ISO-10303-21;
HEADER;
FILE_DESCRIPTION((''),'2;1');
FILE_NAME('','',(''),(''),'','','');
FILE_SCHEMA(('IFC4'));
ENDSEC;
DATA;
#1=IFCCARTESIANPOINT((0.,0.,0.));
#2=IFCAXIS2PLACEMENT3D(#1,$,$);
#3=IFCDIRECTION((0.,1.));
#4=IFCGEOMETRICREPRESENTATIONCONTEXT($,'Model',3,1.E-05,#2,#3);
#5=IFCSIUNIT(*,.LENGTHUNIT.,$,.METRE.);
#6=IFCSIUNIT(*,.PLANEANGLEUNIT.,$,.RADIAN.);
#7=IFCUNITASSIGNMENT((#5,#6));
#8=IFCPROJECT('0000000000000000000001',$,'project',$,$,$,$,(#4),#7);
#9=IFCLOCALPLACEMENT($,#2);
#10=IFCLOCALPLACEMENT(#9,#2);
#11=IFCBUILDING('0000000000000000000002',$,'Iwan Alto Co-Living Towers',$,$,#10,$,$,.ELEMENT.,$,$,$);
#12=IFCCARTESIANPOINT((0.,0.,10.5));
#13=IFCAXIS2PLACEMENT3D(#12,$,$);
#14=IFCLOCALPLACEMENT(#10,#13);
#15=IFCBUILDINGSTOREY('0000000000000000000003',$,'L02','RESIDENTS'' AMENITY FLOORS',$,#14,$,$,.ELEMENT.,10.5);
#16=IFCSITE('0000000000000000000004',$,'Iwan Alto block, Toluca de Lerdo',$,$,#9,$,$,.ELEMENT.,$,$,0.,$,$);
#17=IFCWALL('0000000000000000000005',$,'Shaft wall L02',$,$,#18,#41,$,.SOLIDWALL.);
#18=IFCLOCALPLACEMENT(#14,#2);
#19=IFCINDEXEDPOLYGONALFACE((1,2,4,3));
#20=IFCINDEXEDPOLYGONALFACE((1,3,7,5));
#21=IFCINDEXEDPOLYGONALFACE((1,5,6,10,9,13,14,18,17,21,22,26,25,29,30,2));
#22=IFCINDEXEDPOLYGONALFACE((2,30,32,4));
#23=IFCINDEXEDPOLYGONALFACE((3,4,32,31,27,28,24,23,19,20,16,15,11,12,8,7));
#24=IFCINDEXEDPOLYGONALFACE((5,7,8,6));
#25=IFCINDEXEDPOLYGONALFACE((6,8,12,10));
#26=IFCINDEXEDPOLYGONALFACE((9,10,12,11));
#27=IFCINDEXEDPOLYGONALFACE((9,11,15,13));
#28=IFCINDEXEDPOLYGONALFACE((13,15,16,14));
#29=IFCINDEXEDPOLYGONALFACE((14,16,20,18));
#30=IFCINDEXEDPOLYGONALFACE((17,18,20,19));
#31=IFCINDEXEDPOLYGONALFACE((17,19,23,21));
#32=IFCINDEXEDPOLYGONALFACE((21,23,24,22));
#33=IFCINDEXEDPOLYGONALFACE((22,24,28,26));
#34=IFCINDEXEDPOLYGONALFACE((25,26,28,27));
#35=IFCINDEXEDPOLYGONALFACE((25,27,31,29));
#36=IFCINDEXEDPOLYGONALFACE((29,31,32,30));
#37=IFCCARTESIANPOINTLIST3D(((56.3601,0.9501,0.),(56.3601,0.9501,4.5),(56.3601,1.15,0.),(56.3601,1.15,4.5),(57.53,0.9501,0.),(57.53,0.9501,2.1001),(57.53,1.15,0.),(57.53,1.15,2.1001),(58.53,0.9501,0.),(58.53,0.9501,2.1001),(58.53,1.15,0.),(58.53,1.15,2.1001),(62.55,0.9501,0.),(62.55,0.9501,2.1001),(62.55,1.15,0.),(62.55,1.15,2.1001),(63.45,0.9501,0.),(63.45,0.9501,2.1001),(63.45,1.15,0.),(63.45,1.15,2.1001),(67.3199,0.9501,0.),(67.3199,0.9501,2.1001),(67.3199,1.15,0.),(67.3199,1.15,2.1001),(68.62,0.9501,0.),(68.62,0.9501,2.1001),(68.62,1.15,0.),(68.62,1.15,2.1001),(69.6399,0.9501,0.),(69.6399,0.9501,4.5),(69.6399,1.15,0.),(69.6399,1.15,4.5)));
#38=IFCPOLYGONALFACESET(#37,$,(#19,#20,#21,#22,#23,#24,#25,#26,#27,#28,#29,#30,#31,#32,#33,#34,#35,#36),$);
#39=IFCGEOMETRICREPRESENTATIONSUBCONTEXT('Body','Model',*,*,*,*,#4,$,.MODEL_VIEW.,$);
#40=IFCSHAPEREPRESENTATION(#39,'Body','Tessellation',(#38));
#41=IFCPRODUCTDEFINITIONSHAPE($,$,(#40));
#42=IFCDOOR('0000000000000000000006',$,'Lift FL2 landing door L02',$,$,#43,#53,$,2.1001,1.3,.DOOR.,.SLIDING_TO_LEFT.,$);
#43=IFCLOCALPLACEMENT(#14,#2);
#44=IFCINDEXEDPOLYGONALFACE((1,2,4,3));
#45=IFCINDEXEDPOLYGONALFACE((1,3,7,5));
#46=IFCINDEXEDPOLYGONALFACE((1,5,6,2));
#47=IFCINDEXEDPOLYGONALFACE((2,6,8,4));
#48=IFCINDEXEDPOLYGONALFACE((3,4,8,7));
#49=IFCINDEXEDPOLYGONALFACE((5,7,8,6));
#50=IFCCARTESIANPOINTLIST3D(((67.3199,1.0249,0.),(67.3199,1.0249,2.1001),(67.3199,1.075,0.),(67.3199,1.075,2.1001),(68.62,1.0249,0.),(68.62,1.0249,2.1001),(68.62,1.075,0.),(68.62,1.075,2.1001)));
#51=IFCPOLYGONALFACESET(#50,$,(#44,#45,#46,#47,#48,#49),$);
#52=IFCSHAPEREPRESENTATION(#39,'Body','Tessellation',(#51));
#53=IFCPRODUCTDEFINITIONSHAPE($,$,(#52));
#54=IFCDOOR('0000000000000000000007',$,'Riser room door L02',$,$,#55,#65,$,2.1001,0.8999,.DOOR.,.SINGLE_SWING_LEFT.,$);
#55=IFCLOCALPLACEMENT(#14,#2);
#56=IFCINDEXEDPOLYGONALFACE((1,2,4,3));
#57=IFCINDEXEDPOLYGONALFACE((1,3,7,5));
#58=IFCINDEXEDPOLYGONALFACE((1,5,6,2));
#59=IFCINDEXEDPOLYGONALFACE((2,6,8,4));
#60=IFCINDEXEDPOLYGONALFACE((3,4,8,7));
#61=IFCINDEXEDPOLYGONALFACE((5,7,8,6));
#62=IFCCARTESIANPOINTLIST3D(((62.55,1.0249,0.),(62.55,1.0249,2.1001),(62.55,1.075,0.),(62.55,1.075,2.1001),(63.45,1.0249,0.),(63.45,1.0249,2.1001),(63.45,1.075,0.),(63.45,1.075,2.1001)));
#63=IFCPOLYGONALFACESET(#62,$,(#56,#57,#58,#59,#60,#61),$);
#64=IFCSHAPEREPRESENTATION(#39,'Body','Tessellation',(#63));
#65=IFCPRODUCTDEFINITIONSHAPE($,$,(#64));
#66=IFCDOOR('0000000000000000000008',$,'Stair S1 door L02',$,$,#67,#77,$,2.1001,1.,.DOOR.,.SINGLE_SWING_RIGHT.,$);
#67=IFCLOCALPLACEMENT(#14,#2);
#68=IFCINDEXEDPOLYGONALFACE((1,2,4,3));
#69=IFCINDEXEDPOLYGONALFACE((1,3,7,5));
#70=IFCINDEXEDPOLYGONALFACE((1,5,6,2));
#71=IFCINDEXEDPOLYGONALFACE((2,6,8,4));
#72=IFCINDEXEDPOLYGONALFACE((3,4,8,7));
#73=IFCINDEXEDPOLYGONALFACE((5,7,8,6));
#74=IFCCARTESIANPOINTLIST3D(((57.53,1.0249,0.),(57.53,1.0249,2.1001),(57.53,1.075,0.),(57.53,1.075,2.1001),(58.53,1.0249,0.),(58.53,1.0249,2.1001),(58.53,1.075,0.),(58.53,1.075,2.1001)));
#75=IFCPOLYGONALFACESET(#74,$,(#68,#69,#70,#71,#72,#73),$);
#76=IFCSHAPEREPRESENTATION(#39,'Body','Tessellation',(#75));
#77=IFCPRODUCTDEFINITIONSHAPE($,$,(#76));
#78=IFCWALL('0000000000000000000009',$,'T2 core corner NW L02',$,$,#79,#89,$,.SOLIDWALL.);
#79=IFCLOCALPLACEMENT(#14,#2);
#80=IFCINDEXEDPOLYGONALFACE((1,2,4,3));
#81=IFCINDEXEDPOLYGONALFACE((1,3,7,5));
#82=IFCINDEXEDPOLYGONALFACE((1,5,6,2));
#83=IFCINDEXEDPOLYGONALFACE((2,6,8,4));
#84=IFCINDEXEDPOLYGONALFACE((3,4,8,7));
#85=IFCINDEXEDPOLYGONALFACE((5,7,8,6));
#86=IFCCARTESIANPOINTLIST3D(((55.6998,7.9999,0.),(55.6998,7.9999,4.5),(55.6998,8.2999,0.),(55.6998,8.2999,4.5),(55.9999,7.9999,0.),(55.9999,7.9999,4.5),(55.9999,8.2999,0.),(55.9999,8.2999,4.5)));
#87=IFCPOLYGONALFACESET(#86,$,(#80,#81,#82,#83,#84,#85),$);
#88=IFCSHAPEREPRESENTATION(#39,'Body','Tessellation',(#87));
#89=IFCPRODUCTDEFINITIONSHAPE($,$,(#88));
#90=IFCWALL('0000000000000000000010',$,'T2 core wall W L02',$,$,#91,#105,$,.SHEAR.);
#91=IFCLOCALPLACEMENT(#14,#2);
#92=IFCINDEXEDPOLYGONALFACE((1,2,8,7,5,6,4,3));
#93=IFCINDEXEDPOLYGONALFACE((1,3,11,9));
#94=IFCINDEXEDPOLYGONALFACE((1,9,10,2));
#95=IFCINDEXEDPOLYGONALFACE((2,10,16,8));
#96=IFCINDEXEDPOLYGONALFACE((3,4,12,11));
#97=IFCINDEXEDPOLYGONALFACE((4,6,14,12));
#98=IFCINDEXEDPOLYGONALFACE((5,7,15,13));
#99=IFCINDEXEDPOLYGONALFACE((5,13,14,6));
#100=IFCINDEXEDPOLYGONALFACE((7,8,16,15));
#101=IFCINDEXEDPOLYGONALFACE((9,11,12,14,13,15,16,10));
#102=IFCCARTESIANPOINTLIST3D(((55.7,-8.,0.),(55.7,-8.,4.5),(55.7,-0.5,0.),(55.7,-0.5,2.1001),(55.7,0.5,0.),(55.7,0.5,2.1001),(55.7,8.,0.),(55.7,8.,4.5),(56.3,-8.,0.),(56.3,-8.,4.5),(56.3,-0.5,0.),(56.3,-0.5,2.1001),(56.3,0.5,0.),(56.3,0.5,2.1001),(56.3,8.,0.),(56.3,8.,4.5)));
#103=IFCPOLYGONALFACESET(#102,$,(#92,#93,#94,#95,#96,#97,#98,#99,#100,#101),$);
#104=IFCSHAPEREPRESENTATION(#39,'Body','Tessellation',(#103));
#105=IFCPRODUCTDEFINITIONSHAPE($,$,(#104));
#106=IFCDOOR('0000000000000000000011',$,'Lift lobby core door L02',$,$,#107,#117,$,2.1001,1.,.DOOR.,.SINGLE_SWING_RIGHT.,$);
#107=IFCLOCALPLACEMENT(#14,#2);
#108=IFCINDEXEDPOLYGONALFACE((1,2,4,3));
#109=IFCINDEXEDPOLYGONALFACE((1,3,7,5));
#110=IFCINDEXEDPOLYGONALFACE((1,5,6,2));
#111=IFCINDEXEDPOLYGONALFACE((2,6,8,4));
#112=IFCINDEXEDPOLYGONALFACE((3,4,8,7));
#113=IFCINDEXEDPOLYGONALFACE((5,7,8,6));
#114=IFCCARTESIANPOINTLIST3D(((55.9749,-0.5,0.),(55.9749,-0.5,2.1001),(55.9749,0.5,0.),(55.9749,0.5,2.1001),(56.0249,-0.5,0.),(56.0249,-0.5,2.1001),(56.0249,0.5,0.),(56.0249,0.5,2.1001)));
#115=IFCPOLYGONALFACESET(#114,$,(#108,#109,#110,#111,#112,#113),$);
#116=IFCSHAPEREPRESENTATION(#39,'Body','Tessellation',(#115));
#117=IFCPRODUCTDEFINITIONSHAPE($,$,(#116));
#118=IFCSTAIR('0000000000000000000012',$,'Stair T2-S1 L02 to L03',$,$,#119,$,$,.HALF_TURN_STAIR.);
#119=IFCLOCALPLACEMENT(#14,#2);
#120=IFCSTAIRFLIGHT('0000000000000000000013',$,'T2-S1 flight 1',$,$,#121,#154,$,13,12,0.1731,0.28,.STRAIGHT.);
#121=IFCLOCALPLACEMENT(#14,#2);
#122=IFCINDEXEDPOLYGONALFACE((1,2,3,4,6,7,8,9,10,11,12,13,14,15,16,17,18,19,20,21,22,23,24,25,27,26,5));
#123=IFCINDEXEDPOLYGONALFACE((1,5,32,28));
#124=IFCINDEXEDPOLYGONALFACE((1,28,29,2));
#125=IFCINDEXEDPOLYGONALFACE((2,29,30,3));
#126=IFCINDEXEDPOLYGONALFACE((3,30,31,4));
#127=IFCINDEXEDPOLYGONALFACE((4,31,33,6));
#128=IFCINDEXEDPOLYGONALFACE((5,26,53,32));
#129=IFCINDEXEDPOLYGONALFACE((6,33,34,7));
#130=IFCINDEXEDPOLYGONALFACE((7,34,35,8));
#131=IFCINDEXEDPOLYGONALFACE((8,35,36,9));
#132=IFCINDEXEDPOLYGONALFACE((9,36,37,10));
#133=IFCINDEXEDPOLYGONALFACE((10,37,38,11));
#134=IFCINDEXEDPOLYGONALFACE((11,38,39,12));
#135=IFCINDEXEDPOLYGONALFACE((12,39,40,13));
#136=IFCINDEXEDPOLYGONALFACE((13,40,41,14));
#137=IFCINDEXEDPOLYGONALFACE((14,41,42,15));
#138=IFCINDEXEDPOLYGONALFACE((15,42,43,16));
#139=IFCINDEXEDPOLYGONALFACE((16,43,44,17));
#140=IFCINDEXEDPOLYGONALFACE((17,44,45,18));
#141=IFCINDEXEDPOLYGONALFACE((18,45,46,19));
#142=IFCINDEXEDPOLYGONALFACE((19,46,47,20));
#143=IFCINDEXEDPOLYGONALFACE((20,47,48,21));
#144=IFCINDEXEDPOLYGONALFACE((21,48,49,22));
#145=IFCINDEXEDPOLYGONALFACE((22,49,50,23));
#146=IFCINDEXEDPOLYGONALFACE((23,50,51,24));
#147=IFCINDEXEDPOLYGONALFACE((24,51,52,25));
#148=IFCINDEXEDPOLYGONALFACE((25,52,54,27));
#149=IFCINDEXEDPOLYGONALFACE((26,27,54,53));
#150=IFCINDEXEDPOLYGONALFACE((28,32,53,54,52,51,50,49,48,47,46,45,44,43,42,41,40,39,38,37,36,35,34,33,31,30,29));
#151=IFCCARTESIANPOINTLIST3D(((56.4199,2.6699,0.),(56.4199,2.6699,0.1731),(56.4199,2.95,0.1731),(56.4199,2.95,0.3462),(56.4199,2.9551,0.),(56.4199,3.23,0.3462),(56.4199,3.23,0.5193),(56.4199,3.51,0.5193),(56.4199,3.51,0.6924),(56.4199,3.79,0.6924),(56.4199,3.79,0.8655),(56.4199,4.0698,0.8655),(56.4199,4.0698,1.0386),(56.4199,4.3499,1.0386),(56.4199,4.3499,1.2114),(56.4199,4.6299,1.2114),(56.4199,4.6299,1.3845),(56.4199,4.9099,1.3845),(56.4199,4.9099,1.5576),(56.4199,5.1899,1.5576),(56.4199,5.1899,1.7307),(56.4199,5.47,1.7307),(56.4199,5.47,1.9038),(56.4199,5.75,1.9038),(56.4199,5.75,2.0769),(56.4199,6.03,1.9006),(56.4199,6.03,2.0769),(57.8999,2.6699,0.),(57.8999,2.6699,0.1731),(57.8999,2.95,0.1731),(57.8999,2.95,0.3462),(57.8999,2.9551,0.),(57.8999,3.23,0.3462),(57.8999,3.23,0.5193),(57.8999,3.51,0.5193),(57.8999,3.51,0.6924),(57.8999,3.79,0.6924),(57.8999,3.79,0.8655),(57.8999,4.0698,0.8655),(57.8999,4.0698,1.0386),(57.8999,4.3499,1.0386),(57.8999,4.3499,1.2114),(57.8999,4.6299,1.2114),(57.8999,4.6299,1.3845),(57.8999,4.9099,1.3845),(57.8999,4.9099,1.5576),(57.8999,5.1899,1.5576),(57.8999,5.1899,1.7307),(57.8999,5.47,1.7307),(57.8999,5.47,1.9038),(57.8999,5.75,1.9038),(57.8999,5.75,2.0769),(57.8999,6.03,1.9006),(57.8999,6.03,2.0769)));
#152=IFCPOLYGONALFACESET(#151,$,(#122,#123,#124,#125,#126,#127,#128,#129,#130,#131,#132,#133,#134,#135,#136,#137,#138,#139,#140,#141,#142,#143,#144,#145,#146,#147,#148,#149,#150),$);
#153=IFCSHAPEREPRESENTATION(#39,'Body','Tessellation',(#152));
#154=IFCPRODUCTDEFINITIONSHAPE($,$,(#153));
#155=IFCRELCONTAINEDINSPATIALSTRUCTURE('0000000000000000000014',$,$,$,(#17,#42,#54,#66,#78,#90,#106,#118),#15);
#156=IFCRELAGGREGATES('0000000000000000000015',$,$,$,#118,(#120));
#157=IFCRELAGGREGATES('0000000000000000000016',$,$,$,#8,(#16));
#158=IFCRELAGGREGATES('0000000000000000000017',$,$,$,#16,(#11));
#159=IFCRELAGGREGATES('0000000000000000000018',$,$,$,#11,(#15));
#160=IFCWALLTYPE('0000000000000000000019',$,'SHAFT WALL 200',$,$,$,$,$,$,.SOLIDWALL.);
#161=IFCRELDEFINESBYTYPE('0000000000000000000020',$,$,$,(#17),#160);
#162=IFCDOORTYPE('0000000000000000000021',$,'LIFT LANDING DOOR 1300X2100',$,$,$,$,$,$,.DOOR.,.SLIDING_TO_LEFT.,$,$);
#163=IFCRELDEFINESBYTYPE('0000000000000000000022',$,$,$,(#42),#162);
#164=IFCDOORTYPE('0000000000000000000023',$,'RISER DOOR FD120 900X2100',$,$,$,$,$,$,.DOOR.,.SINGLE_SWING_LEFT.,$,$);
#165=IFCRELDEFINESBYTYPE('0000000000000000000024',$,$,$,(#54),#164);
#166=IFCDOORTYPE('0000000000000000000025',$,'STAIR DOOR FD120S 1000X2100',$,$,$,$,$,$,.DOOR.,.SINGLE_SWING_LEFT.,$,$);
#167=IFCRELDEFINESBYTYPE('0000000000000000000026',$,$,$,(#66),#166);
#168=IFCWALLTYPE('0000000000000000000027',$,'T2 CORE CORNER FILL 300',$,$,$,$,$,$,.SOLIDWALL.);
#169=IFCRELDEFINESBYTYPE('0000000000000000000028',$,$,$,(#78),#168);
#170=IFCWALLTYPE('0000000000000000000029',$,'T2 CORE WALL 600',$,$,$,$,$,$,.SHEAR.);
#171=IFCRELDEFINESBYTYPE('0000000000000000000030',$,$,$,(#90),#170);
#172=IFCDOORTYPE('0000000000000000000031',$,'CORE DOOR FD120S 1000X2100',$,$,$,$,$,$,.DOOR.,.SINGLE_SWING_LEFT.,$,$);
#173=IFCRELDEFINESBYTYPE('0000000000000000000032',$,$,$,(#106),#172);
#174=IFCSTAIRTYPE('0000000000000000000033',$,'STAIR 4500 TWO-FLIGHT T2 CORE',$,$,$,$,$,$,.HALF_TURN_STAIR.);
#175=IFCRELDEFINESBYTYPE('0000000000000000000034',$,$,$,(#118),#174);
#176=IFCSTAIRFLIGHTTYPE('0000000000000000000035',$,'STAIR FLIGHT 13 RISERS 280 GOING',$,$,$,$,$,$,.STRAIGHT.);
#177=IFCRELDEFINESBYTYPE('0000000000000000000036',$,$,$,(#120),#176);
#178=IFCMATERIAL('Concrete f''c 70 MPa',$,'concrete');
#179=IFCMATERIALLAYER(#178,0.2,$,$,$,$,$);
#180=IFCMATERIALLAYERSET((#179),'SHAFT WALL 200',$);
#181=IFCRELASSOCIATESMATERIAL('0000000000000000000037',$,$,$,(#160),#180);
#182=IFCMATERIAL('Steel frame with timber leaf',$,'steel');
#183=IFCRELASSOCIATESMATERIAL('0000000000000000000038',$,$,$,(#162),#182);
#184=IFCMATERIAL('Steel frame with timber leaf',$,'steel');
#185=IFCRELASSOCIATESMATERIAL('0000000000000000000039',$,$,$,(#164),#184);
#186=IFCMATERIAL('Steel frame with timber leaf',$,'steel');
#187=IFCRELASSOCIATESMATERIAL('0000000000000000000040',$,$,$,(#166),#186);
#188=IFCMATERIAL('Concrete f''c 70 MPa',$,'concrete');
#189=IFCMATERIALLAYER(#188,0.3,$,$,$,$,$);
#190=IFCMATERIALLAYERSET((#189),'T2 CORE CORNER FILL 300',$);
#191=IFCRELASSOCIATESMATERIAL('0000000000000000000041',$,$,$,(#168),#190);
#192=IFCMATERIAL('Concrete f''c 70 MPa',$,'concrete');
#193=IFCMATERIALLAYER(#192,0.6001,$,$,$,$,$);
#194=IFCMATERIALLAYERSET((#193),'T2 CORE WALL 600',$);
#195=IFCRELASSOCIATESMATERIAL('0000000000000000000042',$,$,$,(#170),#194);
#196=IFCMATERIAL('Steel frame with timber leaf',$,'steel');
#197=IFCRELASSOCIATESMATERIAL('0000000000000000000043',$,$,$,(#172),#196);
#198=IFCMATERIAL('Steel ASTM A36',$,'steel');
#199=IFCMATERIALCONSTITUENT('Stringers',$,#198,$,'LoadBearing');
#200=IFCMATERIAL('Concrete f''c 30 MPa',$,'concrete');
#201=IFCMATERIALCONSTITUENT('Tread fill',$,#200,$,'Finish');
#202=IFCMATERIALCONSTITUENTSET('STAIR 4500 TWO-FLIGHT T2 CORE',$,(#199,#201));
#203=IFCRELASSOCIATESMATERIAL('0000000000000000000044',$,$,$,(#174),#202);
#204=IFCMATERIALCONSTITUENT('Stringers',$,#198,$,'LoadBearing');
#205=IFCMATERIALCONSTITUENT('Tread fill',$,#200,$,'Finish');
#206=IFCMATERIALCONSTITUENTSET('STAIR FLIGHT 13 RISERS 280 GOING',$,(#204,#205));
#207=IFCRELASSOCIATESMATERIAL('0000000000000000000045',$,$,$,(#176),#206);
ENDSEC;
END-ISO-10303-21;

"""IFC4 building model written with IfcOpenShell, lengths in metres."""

from ifc_helpers import new_model, si_unit, direction, frame, frame_2d, origin, place, context, subcontext, project, spatial, polyline, rectangle, outline, extrude, material, layer, layer_set, constituent, constituent_set, type_object, element, fill, aggregate, save


model = new_model("IFC4")

# Units and contexts
model_context = context("Model", 3, precision=1e-05, world=origin(), true_north=direction((0.0, 1.0)))
body_context = subcontext(model_context, "Body", "Model", "MODEL_VIEW")
ifc_project = project(units=[si_unit("LENGTHUNIT", "METRE"), si_unit("PLANEANGLEUNIT", "RADIAN")], contexts=[model_context])

# Site, building, storey
site_placement = place(None, origin())
site = spatial("IfcSite", under=ifc_project, at=site_placement, Name="Iwan Alto block, Toluca de Lerdo", CompositionType="ELEMENT", RefElevation=0.0)
building_placement = place(site_placement, origin())
building = spatial("IfcBuilding", under=site, at=building_placement, Name="Iwan Alto Co-Living Towers", CompositionType="ELEMENT")
storey_placement = place(building_placement, frame((0.0, 0.0, 10.5)))
storey = spatial("IfcBuildingStorey", under=building, at=storey_placement, Name="L02", Description="RESIDENTS' AMENITY FLOORS", CompositionType="ELEMENT", Elevation=10.5)

# Wall, openings, doors
ifc_material_1 = material(Name="Concrete f'c 70 MPa", Category="concrete")
ifc_layer_1 = layer(ifc_material_1, 0.2)
ifc_layer_set_1 = layer_set([ifc_layer_1], Name="SHAFT WALL 200")
wall_type_1 = type_object("IfcWallType", Name="SHAFT WALL 200", PredefinedType="SOLIDWALL", material=ifc_layer_set_1)
wall_1_placement = place(storey_placement, frame((56.3601, 1.05, 0.0), z_axis=(0.0, 0.0, 1.0), x_axis=(1.0, 0.0, 0.0)))
wall_1 = element("IfcWall", 1, at=wall_1_placement, inside=storey, type_object=wall_type_1, Name="Shaft wall L02", PredefinedType="SOLIDWALL", context=body_context, shape_type="SweptSolid", body=[
    extrude(rectangle(XDim=13.2798, YDim=0.2, at=frame_2d((6.6399, 0.0))), origin(), (0.0, 0.0, 1.0), 4.5),
])
opening_1_placement = place(wall_1_placement, frame((1.1699, 0.0, 0.0)))
opening_1 = element("IfcOpeningElement", 2, at=opening_1_placement, cuts=wall_1, PredefinedType="OPENING", context=body_context, shape_type="SweptSolid", body=[
    extrude(rectangle(XDim=1.0, YDim=2.1001, at=frame_2d((0.5, 1.05))), frame((0.0, 0.1099, 0.0), z_axis=(0.0, -1.0, 0.0), x_axis=(1.0, 0.0, 0.0)), (0.0, 0.0, 1.0), 0.22),
])
opening_2_placement = place(wall_1_placement, frame((6.1899, 0.0, 0.0)))
opening_2 = element("IfcOpeningElement", 3, at=opening_2_placement, cuts=wall_1, PredefinedType="OPENING", context=body_context, shape_type="SweptSolid", body=[
    extrude(rectangle(XDim=0.8999, YDim=2.1001, at=frame_2d((0.45, 1.05))), frame((0.0, 0.1099, 0.0), z_axis=(0.0, -1.0, 0.0), x_axis=(1.0, 0.0, 0.0)), (0.0, 0.0, 1.0), 0.22),
])
opening_3_placement = place(wall_1_placement, frame((10.96, 0.0, 0.0)))
opening_3 = element("IfcOpeningElement", 4, at=opening_3_placement, cuts=wall_1, PredefinedType="OPENING", context=body_context, shape_type="SweptSolid", body=[
    extrude(rectangle(XDim=1.3, YDim=2.1001, at=frame_2d((0.6499, 1.05))), frame((0.0, 0.1099, 0.0), z_axis=(0.0, -1.0, 0.0), x_axis=(1.0, 0.0, 0.0)), (0.0, 0.0, 1.0), 0.22),
])
ifc_material_2 = material(Name="Steel frame with timber leaf", Category="steel")
door_type_1 = type_object("IfcDoorType", Name="LIFT LANDING DOOR 1300X2100", OperationType="SLIDING_TO_LEFT", PredefinedType="DOOR", material=ifc_material_2)
door_1_placement = place(opening_3_placement, origin())
door_1 = element("IfcDoor", 5, at=door_1_placement, inside=storey, type_object=door_type_1, Name="Lift FL2 landing door L02", OperationType="SLIDING_TO_LEFT", OverallHeight=2.1001, OverallWidth=1.3, PredefinedType="DOOR", context=body_context, shape_type="SweptSolid", body=[
    extrude(rectangle(XDim=1.3, YDim=2.1001, at=frame_2d((0.6499, 1.05))), frame((0.0, 0.0249, 0.0), z_axis=(0.0, -1.0, 0.0), x_axis=(1.0, 0.0, 0.0)), (0.0, 0.0, 1.0), 0.05),
])
fill(opening_3, door_1)
ifc_material_3 = material(Name="Steel frame with timber leaf", Category="steel")
door_type_2 = type_object("IfcDoorType", Name="RISER DOOR FD120 900X2100", OperationType="SINGLE_SWING_LEFT", PredefinedType="DOOR", material=ifc_material_3)
door_2_placement = place(opening_2_placement, origin())
door_2 = element("IfcDoor", 6, at=door_2_placement, inside=storey, type_object=door_type_2, Name="Riser room door L02", OperationType="SINGLE_SWING_LEFT", OverallHeight=2.1001, OverallWidth=0.8999, PredefinedType="DOOR", context=body_context, shape_type="SweptSolid", body=[
    extrude(rectangle(XDim=0.8999, YDim=2.1001, at=frame_2d((0.45, 1.05))), frame((0.0, 0.0249, 0.0), z_axis=(0.0, -1.0, 0.0), x_axis=(1.0, 0.0, 0.0)), (0.0, 0.0, 1.0), 0.05),
])
fill(opening_2, door_2)
ifc_material_4 = material(Name="Steel frame with timber leaf", Category="steel")
door_type_3 = type_object("IfcDoorType", Name="STAIR DOOR FD120S 1000X2100", OperationType="SINGLE_SWING_LEFT", PredefinedType="DOOR", material=ifc_material_4)
door_3_placement = place(opening_1_placement, origin())
door_3 = element("IfcDoor", 7, at=door_3_placement, inside=storey, type_object=door_type_3, Name="Stair S1 door L02", OperationType="SINGLE_SWING_RIGHT", OverallHeight=2.1001, OverallWidth=1.0, PredefinedType="DOOR", context=body_context, shape_type="SweptSolid", body=[
    extrude(rectangle(XDim=1.0, YDim=2.1001, at=frame_2d((0.5, 1.05))), frame((0.0, 0.0249, 0.0), z_axis=(0.0, -1.0, 0.0), x_axis=(1.0, 0.0, 0.0)), (0.0, 0.0, 1.0), 0.05),
])
fill(opening_1, door_3)

# Wall
ifc_material_5 = material(Name="Concrete f'c 70 MPa", Category="concrete")
ifc_layer_2 = layer(ifc_material_5, 0.3)
ifc_layer_set_2 = layer_set([ifc_layer_2], Name="T2 CORE CORNER FILL 300")
wall_type_2 = type_object("IfcWallType", Name="T2 CORE CORNER FILL 300", PredefinedType="SOLIDWALL", material=ifc_layer_set_2)
wall_2_placement = place(storey_placement, frame((55.7, 8.1499, 0.0), z_axis=(0.0, 0.0, 1.0), x_axis=(1.0, 0.0, 0.0)))
element("IfcWall", 8, at=wall_2_placement, inside=storey, type_object=wall_type_2, Name="T2 core corner NW L02", PredefinedType="SOLIDWALL", context=body_context, shape_type="SweptSolid", body=[
    extrude(rectangle(XDim=0.3, YDim=0.3, at=frame_2d((0.1499, 0.0))), origin(), (0.0, 0.0, 1.0), 4.5),
])

# Wall, opening, door
ifc_material_6 = material(Name="Concrete f'c 70 MPa", Category="concrete")
ifc_layer_3 = layer(ifc_material_6, 0.6001)
ifc_layer_set_3 = layer_set([ifc_layer_3], Name="T2 CORE WALL 600")
wall_type_3 = type_object("IfcWallType", Name="T2 CORE WALL 600", PredefinedType="SHEAR", material=ifc_layer_set_3)
wall_3_placement = place(storey_placement, frame((56.0, 8.0, 0.0), z_axis=(0.0, 0.0, 1.0), x_axis=(0.0, -1.0, 0.0)))
wall_3 = element("IfcWall", 9, at=wall_3_placement, inside=storey, type_object=wall_type_3, Name="T2 core wall W L02", PredefinedType="SHEAR", context=body_context, shape_type="SweptSolid", body=[
    extrude(rectangle(XDim=16.0, YDim=0.6001, at=frame_2d((8.0, 0.0))), origin(), (0.0, 0.0, 1.0), 4.5),
])
opening_4_placement = place(wall_3_placement, frame((7.5, 0.0, 0.0)))
opening_4 = element("IfcOpeningElement", 10, at=opening_4_placement, cuts=wall_3, PredefinedType="OPENING", context=body_context, shape_type="SweptSolid", body=[
    extrude(rectangle(XDim=1.0, YDim=2.1001, at=frame_2d((0.5, 1.05))), frame((0.0, 0.3101, 0.0), z_axis=(0.0, -1.0, 0.0), x_axis=(1.0, 0.0, 0.0)), (0.0, 0.0, 1.0), 0.6201),
])
ifc_material_7 = material(Name="Steel frame with timber leaf", Category="steel")
door_type_4 = type_object("IfcDoorType", Name="CORE DOOR FD120S 1000X2100", OperationType="SINGLE_SWING_LEFT", PredefinedType="DOOR", material=ifc_material_7)
door_4_placement = place(opening_4_placement, origin())
door_4 = element("IfcDoor", 11, at=door_4_placement, inside=storey, type_object=door_type_4, Name="Lift lobby core door L02", OperationType="SINGLE_SWING_RIGHT", OverallHeight=2.1001, OverallWidth=1.0, PredefinedType="DOOR", context=body_context, shape_type="SweptSolid", body=[
    extrude(rectangle(XDim=1.0, YDim=2.1001, at=frame_2d((0.5, 1.05))), frame((0.0, 0.0249, 0.0), z_axis=(0.0, -1.0, 0.0), x_axis=(1.0, 0.0, 0.0)), (0.0, 0.0, 1.0), 0.05),
])
fill(opening_4, door_4)

# Stair, stair flight
ifc_material_8 = material(Name="Steel ASTM A36", Category="steel")
ifc_constituent_1 = constituent(ifc_material_8, Name="Stringers", Category="LoadBearing")
ifc_material_9 = material(Name="Concrete f'c 30 MPa", Category="concrete")
ifc_constituent_2 = constituent(ifc_material_9, Name="Tread fill", Category="Finish")
ifc_constituent_set_1 = constituent_set(constituents=[ifc_constituent_1, ifc_constituent_2], Name="STAIR 4500 TWO-FLIGHT T2 CORE")
stair_type = type_object("IfcStairType", Name="STAIR 4500 TWO-FLIGHT T2 CORE", PredefinedType="HALF_TURN_STAIR", material=ifc_constituent_set_1)
stair_placement = place(storey_placement, origin())
stair = element("IfcStair", 12, at=stair_placement, inside=storey, type_object=stair_type, Name="Stair T2-S1 L02 to L03", PredefinedType="HALF_TURN_STAIR")
ifc_constituent_3 = constituent(ifc_material_8, Name="Stringers", Category="LoadBearing")
ifc_constituent_4 = constituent(ifc_material_9, Name="Tread fill", Category="Finish")
ifc_constituent_set_2 = constituent_set(constituents=[ifc_constituent_3, ifc_constituent_4], Name="STAIR FLIGHT 13 RISERS 280 GOING")
stair_flight_type = type_object("IfcStairFlightType", Name="STAIR FLIGHT 13 RISERS 280 GOING", PredefinedType="STRAIGHT", material=ifc_constituent_set_2)
stair_flight_placement = place(storey_placement, frame((57.1599, 2.6699, 0.0), z_axis=(0.0, 0.0, 1.0), x_axis=(0.0, 1.0, 0.0)))
stair_flight = element("IfcStairFlight", 13, at=stair_flight_placement, type_object=stair_flight_type, Name="T2-S1 flight 1", NumberOfRisers=13, NumberOfTreads=12, PredefinedType="STRAIGHT", RiserHeight=0.1731, TreadLength=0.28, context=body_context, shape_type="SweptSolid", body=[
    extrude(outline(polyline([(0.0, 0.0), (0.0, 0.1731), (0.28, 0.1731), (0.28, 0.3462), (0.5601, 0.3462), (0.5601, 0.5193), (0.8401, 0.5193), (0.8401, 0.6924), (1.1201, 0.6924), (1.1201, 0.8655), (1.3999, 0.8655), (1.3999, 1.0386), (1.6799, 1.0386), (1.6799, 1.2114), (1.96, 1.2114), (1.96, 1.3845), (2.24, 1.3845), (2.24, 1.5576), (2.52, 1.5576), (2.52, 1.7307), (2.8, 1.7307), (2.8, 1.9038), (3.0801, 1.9038), (3.0801, 2.0769), (3.3601, 2.0769), (3.3601, 2.25), (3.3601, 1.9006), (0.2852, 0.0), (0.0, 0.0)])), frame((0.0, 0.74, 0.0), z_axis=(0.0, -1.0, 0.0), x_axis=(1.0, 0.0, 0.0)), (0.0, 0.0, 1.0), 1.48),
])
aggregate(stair, [stair_flight])

save(model, "model.ifc")
